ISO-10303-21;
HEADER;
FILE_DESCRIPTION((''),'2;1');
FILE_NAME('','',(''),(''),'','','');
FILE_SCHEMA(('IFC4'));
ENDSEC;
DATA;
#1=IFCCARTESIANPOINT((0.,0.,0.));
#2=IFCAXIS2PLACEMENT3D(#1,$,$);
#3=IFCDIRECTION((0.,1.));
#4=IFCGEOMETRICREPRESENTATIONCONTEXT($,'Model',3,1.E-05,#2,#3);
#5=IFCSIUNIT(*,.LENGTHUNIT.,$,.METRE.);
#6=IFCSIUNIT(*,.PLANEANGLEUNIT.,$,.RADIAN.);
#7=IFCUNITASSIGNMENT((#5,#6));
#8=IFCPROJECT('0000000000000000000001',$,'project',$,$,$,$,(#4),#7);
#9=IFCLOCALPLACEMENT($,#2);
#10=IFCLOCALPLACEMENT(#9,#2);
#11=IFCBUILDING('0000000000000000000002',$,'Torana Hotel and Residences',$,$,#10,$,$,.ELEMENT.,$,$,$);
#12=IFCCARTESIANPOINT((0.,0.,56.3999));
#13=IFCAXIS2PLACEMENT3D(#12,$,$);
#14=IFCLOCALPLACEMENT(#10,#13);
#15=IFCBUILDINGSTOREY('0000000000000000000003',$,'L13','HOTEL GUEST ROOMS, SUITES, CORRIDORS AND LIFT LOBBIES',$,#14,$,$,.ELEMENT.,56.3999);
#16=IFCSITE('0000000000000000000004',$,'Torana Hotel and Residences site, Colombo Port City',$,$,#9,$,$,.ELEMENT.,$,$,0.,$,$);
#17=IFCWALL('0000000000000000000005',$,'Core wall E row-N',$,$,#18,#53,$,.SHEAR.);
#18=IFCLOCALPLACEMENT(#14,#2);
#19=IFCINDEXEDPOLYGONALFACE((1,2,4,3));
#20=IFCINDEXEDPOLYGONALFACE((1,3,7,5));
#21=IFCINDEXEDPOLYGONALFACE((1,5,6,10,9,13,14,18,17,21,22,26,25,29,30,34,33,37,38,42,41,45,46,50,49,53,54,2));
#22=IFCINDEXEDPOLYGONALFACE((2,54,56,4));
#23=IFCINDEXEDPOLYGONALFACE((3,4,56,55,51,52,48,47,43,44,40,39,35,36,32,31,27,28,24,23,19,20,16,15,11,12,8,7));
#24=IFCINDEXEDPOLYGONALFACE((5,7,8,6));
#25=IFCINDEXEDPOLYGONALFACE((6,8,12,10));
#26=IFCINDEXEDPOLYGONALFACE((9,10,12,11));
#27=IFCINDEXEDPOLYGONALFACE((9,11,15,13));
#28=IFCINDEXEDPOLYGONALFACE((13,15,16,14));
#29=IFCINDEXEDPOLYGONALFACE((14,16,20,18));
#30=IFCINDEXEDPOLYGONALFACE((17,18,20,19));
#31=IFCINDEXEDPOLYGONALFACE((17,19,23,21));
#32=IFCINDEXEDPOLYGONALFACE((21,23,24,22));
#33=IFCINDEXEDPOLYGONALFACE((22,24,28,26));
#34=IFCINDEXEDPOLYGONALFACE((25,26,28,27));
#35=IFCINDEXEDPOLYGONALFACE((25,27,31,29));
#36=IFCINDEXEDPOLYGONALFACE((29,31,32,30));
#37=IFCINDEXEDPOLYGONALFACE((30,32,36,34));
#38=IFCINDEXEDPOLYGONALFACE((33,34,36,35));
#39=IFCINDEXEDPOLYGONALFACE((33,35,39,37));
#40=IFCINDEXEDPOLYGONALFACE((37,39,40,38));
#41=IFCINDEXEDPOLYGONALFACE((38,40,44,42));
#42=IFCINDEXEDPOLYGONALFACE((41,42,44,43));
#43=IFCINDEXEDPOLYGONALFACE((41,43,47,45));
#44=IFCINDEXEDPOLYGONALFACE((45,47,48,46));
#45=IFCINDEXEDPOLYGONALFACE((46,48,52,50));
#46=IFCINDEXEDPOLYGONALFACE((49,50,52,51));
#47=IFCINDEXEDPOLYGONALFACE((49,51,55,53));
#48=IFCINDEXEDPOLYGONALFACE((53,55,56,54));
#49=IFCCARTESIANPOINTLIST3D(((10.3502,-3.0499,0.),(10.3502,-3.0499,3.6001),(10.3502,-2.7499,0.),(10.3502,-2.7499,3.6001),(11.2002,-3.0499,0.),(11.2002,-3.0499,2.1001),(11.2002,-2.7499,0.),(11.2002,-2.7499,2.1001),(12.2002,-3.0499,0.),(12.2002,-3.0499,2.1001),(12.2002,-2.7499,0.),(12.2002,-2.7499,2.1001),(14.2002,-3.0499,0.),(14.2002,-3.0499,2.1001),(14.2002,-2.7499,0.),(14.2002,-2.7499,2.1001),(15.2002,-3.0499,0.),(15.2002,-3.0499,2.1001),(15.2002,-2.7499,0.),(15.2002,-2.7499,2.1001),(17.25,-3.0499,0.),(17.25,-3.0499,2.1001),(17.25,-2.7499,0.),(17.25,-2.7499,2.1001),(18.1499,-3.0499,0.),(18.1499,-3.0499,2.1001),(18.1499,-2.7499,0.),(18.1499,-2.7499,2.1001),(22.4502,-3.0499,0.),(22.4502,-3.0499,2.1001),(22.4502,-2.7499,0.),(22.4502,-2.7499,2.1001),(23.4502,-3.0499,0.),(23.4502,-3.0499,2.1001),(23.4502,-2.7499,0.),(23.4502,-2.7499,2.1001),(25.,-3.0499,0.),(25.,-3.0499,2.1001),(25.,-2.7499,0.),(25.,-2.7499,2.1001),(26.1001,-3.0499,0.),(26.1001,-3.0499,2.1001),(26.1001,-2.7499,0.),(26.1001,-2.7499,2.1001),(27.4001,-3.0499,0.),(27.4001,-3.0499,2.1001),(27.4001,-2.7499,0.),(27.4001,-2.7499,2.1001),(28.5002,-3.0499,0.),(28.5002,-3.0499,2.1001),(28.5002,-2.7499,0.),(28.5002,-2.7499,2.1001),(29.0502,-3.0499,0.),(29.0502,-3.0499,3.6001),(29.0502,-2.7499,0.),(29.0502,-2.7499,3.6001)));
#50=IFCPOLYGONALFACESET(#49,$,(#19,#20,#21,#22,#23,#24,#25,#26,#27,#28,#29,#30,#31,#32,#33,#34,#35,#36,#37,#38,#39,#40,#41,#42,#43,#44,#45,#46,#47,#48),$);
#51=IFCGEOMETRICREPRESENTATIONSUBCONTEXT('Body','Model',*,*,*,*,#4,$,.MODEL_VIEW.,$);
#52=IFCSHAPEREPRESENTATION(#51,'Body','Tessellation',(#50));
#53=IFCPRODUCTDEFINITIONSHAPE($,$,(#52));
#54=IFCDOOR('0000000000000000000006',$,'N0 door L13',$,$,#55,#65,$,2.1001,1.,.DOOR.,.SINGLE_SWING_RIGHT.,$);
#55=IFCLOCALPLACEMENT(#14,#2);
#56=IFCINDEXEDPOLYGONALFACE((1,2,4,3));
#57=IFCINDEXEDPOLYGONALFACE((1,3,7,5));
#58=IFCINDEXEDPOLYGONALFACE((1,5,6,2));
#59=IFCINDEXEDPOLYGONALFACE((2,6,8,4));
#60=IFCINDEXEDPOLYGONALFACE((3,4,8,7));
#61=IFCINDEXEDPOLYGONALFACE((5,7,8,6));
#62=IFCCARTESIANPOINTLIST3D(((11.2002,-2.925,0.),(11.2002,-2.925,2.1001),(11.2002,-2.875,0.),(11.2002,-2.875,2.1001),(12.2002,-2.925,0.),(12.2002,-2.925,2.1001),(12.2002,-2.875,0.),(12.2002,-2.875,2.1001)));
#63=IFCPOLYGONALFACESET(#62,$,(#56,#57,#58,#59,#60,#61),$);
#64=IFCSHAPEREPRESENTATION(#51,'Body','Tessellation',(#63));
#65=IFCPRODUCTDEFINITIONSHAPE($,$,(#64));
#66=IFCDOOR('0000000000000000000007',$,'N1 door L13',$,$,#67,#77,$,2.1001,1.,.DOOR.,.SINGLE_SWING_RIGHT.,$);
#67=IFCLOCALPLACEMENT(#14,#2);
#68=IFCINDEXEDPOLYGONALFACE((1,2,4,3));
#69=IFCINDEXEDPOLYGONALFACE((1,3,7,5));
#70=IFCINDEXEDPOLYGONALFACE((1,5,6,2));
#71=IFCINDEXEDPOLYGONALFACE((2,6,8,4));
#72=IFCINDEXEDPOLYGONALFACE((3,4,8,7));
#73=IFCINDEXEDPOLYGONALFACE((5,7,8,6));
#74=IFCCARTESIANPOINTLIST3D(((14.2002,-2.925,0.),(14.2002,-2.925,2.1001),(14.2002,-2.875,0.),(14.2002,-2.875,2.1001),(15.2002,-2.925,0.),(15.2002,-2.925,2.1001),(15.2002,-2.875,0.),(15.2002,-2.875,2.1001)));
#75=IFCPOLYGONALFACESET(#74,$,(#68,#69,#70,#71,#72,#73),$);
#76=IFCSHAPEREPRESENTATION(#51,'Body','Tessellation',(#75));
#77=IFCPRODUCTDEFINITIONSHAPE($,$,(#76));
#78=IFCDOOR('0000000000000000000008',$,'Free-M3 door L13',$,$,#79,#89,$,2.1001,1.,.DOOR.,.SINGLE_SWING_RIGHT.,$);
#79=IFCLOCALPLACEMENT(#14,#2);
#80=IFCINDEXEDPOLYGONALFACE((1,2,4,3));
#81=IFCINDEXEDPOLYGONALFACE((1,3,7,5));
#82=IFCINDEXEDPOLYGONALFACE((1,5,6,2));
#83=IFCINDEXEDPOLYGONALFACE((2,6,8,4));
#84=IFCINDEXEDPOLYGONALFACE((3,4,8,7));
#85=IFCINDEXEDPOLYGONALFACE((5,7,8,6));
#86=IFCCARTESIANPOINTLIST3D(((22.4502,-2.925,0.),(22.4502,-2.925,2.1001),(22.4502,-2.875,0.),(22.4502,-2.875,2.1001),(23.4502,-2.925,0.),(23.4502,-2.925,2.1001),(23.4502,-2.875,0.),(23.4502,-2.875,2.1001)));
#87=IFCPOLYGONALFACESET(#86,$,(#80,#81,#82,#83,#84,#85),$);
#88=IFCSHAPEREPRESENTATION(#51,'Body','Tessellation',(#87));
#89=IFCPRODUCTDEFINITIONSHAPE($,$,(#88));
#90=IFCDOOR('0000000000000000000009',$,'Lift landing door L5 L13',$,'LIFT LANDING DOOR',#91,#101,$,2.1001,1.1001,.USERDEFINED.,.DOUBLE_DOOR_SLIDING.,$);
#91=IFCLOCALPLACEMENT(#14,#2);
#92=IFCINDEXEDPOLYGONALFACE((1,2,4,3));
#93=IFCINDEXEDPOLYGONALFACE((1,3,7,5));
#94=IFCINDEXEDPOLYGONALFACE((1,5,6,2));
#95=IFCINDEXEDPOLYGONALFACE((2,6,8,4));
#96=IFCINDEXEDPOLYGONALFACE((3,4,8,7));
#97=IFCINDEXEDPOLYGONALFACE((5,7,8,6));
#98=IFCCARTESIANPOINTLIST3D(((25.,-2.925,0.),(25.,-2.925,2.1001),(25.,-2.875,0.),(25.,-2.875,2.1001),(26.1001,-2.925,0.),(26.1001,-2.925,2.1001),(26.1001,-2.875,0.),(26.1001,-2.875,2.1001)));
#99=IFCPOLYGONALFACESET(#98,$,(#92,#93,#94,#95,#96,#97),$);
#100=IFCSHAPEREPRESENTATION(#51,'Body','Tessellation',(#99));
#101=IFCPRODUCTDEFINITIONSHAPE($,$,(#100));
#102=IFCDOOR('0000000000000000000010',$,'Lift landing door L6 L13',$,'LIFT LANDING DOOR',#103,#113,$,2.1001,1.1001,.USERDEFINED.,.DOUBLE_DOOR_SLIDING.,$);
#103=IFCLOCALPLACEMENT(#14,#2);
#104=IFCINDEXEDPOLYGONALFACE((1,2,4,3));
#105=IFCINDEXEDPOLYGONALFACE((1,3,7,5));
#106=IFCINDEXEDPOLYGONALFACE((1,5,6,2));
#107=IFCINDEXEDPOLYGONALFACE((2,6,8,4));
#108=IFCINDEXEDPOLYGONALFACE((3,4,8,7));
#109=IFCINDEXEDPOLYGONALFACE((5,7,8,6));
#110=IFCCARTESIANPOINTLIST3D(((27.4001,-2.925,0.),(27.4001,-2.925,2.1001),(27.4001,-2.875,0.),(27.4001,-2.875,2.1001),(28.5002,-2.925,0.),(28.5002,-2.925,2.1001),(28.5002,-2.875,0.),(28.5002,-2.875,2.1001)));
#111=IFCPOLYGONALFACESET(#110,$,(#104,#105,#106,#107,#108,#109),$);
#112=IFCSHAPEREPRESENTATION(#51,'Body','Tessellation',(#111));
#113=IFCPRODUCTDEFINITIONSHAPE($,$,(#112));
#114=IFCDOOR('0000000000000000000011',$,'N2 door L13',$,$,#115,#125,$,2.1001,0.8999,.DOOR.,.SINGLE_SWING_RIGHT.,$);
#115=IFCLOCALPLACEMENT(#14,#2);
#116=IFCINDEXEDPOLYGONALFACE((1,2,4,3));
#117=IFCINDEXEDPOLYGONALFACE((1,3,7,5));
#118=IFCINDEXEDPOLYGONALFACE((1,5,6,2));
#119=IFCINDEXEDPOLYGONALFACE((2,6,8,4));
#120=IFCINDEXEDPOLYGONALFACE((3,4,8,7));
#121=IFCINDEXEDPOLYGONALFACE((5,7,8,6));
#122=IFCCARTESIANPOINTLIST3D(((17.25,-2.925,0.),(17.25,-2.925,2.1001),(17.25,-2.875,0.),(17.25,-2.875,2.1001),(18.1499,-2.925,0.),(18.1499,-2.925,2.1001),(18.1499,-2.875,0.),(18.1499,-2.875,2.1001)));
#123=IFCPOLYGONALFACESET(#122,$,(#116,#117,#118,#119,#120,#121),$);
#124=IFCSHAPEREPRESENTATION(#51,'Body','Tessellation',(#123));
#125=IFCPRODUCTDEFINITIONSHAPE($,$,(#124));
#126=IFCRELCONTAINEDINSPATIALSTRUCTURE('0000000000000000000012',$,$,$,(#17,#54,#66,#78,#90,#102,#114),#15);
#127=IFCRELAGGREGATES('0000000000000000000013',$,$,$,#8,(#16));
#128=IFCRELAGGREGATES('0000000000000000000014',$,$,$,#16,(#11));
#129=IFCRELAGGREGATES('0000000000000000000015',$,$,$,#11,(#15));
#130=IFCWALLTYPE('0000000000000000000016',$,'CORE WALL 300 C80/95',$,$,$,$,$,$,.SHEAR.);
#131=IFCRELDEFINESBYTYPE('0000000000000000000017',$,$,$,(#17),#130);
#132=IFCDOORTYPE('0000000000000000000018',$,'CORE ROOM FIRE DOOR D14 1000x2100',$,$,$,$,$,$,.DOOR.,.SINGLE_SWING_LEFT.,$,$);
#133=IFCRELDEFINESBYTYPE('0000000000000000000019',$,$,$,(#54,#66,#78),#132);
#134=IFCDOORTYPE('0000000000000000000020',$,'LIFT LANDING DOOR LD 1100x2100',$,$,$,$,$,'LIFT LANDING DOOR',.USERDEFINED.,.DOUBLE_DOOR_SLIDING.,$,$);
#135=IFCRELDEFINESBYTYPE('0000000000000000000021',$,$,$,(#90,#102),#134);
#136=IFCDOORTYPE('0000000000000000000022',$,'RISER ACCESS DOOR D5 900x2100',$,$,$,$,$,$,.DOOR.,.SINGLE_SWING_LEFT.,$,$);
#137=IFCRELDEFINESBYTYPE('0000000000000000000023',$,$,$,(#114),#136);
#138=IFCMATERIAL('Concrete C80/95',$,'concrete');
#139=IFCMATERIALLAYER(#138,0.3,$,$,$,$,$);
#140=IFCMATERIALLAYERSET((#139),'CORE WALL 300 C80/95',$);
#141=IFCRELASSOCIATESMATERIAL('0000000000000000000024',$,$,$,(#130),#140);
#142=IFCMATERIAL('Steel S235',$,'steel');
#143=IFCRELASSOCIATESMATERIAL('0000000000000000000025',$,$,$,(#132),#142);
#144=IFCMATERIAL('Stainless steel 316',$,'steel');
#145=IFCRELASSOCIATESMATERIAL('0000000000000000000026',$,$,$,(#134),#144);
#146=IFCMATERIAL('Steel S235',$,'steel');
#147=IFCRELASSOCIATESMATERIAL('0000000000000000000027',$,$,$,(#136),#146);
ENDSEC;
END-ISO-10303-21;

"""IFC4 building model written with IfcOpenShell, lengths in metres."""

from ifc_helpers import new_model, si_unit, direction, frame, frame_2d, origin, place, context, subcontext, project, spatial, rectangle, extrude, material, layer, layer_set, type_object, element, fill, save


model = new_model("IFC4")

# Units and contexts
model_context = context("Model", 3, precision=1e-05, world=origin(), true_north=direction((0.0, 1.0)))
body_context = subcontext(model_context, "Body", "Model", "MODEL_VIEW")
ifc_project = project(units=[si_unit("LENGTHUNIT", "METRE"), si_unit("PLANEANGLEUNIT", "RADIAN")], contexts=[model_context])

# Site, building, storey
site_placement = place(None, origin())
site = spatial("IfcSite", under=ifc_project, at=site_placement, Name="Torana Hotel and Residences site, Colombo Port City", CompositionType="ELEMENT", RefElevation=0.0)
building_placement = place(site_placement, origin())
building = spatial("IfcBuilding", under=site, at=building_placement, Name="Torana Hotel and Residences", CompositionType="ELEMENT")
storey_placement = place(building_placement, frame((0.0, 0.0, 56.3999)))
storey = spatial("IfcBuildingStorey", under=building, at=storey_placement, Name="L13", Description="HOTEL GUEST ROOMS, SUITES, CORRIDORS AND LIFT LOBBIES", CompositionType="ELEMENT", Elevation=56.3999)

# Wall, openings, doors
ifc_material_1 = material(Name="Concrete C80/95", Category="concrete")
ifc_layer_1 = layer(ifc_material_1, 0.3)
ifc_layer_set_1 = layer_set([ifc_layer_1], Name="CORE WALL 300 C80/95")
wall_type_1 = type_object("IfcWallType", Name="CORE WALL 300 C80/95", PredefinedType="SHEAR", material=ifc_layer_set_1)
wall_1_placement = place(storey_placement, frame((10.3501, -2.8999, 0.0), z_axis=(0.0, 0.0, 1.0), x_axis=(1.0, 0.0, 0.0)))
wall_1 = element("IfcWall", 1, at=wall_1_placement, inside=storey, type_object=wall_type_1, Name="Core wall E row-N", PredefinedType="SHEAR", context=body_context, shape_type="SweptSolid", body=[
    extrude(rectangle(XDim=18.7, YDim=0.3, at=frame_2d((9.3501, 0.0))), origin(), (0.0, 0.0, 1.0), 3.6001),
])
opening_1_placement = place(wall_1_placement, frame((14.6499, 0.0, 0.0)))
opening_1 = element("IfcOpeningElement", 2, at=opening_1_placement, cuts=wall_1, PredefinedType="OPENING", context=body_context, shape_type="SweptSolid", body=[
    extrude(rectangle(XDim=1.1001, YDim=2.1001, at=frame_2d((0.55, 1.05))), frame((0.0, 0.1599, 0.0), z_axis=(0.0, -1.0, 0.0), x_axis=(1.0, 0.0, 0.0)), (0.0, 0.0, 1.0), 0.3201),
])
opening_2_placement = place(wall_1_placement, frame((17.05, 0.0, 0.0)))
opening_2 = element("IfcOpeningElement", 3, at=opening_2_placement, cuts=wall_1, PredefinedType="OPENING", context=body_context, shape_type="SweptSolid", body=[
    extrude(rectangle(XDim=1.1001, YDim=2.1001, at=frame_2d((0.55, 1.05))), frame((0.0, 0.1599, 0.0), z_axis=(0.0, -1.0, 0.0), x_axis=(1.0, 0.0, 0.0)), (0.0, 0.0, 1.0), 0.3201),
])
opening_3_placement = place(wall_1_placement, frame((6.8999, 0.0, 0.0)))
opening_3 = element("IfcOpeningElement", 4, at=opening_3_placement, cuts=wall_1, PredefinedType="OPENING", context=body_context, shape_type="SweptSolid", body=[
    extrude(rectangle(XDim=0.8999, YDim=2.1001, at=frame_2d((0.45, 1.05))), frame((0.0, 0.1599, 0.0), z_axis=(0.0, -1.0, 0.0), x_axis=(1.0, 0.0, 0.0)), (0.0, 0.0, 1.0), 0.3201),
])
opening_4_placement = place(wall_1_placement, frame((0.8501, 0.0, 0.0)))
opening_4 = element("IfcOpeningElement", 5, at=opening_4_placement, cuts=wall_1, PredefinedType="OPENING", context=body_context, shape_type="SweptSolid", body=[
    extrude(rectangle(XDim=1.0, YDim=2.1001, at=frame_2d((0.5, 1.05))), frame((0.0, 0.1599, 0.0), z_axis=(0.0, -1.0, 0.0), x_axis=(1.0, 0.0, 0.0)), (0.0, 0.0, 1.0), 0.3201),
])
opening_5_placement = place(wall_1_placement, frame((3.8501, 0.0, 0.0)))
opening_5 = element("IfcOpeningElement", 6, at=opening_5_placement, cuts=wall_1, PredefinedType="OPENING", context=body_context, shape_type="SweptSolid", body=[
    extrude(rectangle(XDim=1.0, YDim=2.1001, at=frame_2d((0.5, 1.05))), frame((0.0, 0.1599, 0.0), z_axis=(0.0, -1.0, 0.0), x_axis=(1.0, 0.0, 0.0)), (0.0, 0.0, 1.0), 0.3201),
])
opening_6_placement = place(wall_1_placement, frame((12.1001, 0.0, 0.0)))
opening_6 = element("IfcOpeningElement", 7, at=opening_6_placement, cuts=wall_1, PredefinedType="OPENING", context=body_context, shape_type="SweptSolid", body=[
    extrude(rectangle(XDim=1.0, YDim=2.1001, at=frame_2d((0.5, 1.05))), frame((0.0, 0.1599, 0.0), z_axis=(0.0, -1.0, 0.0), x_axis=(1.0, 0.0, 0.0)), (0.0, 0.0, 1.0), 0.3201),
])
ifc_material_2 = material(Name="Steel S235", Category="steel")
door_type_1 = type_object("IfcDoorType", Name="CORE ROOM FIRE DOOR D14 1000x2100", OperationType="SINGLE_SWING_LEFT", PredefinedType="DOOR", material=ifc_material_2)
door_1_placement = place(opening_4_placement, origin())
door_1 = element("IfcDoor", 8, at=door_1_placement, inside=storey, type_object=door_type_1, Name="N0 door L13", OperationType="SINGLE_SWING_RIGHT", OverallHeight=2.1001, OverallWidth=1.0, PredefinedType="DOOR", context=body_context, shape_type="SweptSolid", body=[
    extrude(rectangle(XDim=1.0, YDim=2.1001, at=frame_2d((0.5, 1.05))), frame((0.0, 0.0249, 0.0), z_axis=(0.0, -1.0, 0.0), x_axis=(1.0, 0.0, 0.0)), (0.0, 0.0, 1.0), 0.05),
])
fill(opening_4, door_1)
door_2_placement = place(opening_5_placement, origin())
door_2 = element("IfcDoor", 9, at=door_2_placement, inside=storey, type_object=door_type_1, Name="N1 door L13", OperationType="SINGLE_SWING_RIGHT", OverallHeight=2.1001, OverallWidth=1.0, PredefinedType="DOOR", context=body_context, shape_type="SweptSolid", body=[
    extrude(rectangle(XDim=1.0, YDim=2.1001, at=frame_2d((0.5, 1.05))), frame((0.0, 0.0249, 0.0), z_axis=(0.0, -1.0, 0.0), x_axis=(1.0, 0.0, 0.0)), (0.0, 0.0, 1.0), 0.05),
])
fill(opening_5, door_2)
door_3_placement = place(opening_6_placement, origin())
door_3 = element("IfcDoor", 10, at=door_3_placement, inside=storey, type_object=door_type_1, Name="Free-M3 door L13", OperationType="SINGLE_SWING_RIGHT", OverallHeight=2.1001, OverallWidth=1.0, PredefinedType="DOOR", context=body_context, shape_type="SweptSolid", body=[
    extrude(rectangle(XDim=1.0, YDim=2.1001, at=frame_2d((0.5, 1.05))), frame((0.0, 0.0249, 0.0), z_axis=(0.0, -1.0, 0.0), x_axis=(1.0, 0.0, 0.0)), (0.0, 0.0, 1.0), 0.05),
])
fill(opening_6, door_3)
ifc_material_3 = material(Name="Stainless steel 316", Category="steel")
door_type_2 = type_object("IfcDoorType", Name="LIFT LANDING DOOR LD 1100x2100", ElementType="LIFT LANDING DOOR", OperationType="DOUBLE_DOOR_SLIDING", PredefinedType="USERDEFINED", material=ifc_material_3)
door_4_placement = place(opening_1_placement, origin())
door_4 = element("IfcDoor", 11, at=door_4_placement, inside=storey, type_object=door_type_2, Name="Lift landing door L5 L13", ObjectType="LIFT LANDING DOOR", OperationType="DOUBLE_DOOR_SLIDING", OverallHeight=2.1001, OverallWidth=1.1001, PredefinedType="USERDEFINED", context=body_context, shape_type="SweptSolid", body=[
    extrude(rectangle(XDim=1.1001, YDim=2.1001, at=frame_2d((0.55, 1.05))), frame((0.0, 0.0249, 0.0), z_axis=(0.0, -1.0, 0.0), x_axis=(1.0, 0.0, 0.0)), (0.0, 0.0, 1.0), 0.05),
])
fill(opening_1, door_4)
door_5_placement = place(opening_2_placement, origin())
door_5 = element("IfcDoor", 12, at=door_5_placement, inside=storey, type_object=door_type_2, Name="Lift landing door L6 L13", ObjectType="LIFT LANDING DOOR", OperationType="DOUBLE_DOOR_SLIDING", OverallHeight=2.1001, OverallWidth=1.1001, PredefinedType="USERDEFINED", context=body_context, shape_type="SweptSolid", body=[
    extrude(rectangle(XDim=1.1001, YDim=2.1001, at=frame_2d((0.55, 1.05))), frame((0.0, 0.0249, 0.0), z_axis=(0.0, -1.0, 0.0), x_axis=(1.0, 0.0, 0.0)), (0.0, 0.0, 1.0), 0.05),
])
fill(opening_2, door_5)
ifc_material_4 = material(Name="Steel S235", Category="steel")
door_type_3 = type_object("IfcDoorType", Name="RISER ACCESS DOOR D5 900x2100", OperationType="SINGLE_SWING_LEFT", PredefinedType="DOOR", material=ifc_material_4)
door_6_placement = place(opening_3_placement, origin())
door_6 = element("IfcDoor", 13, at=door_6_placement, inside=storey, type_object=door_type_3, Name="N2 door L13", OperationType="SINGLE_SWING_RIGHT", OverallHeight=2.1001, OverallWidth=0.8999, PredefinedType="DOOR", context=body_context, shape_type="SweptSolid", body=[
    extrude(rectangle(XDim=0.8999, YDim=2.1001, at=frame_2d((0.45, 1.05))), frame((0.0, 0.0249, 0.0), z_axis=(0.0, -1.0, 0.0), x_axis=(1.0, 0.0, 0.0)), (0.0, 0.0, 1.0), 0.05),
])
fill(opening_3, door_6)

save(model, "model.ifc")
